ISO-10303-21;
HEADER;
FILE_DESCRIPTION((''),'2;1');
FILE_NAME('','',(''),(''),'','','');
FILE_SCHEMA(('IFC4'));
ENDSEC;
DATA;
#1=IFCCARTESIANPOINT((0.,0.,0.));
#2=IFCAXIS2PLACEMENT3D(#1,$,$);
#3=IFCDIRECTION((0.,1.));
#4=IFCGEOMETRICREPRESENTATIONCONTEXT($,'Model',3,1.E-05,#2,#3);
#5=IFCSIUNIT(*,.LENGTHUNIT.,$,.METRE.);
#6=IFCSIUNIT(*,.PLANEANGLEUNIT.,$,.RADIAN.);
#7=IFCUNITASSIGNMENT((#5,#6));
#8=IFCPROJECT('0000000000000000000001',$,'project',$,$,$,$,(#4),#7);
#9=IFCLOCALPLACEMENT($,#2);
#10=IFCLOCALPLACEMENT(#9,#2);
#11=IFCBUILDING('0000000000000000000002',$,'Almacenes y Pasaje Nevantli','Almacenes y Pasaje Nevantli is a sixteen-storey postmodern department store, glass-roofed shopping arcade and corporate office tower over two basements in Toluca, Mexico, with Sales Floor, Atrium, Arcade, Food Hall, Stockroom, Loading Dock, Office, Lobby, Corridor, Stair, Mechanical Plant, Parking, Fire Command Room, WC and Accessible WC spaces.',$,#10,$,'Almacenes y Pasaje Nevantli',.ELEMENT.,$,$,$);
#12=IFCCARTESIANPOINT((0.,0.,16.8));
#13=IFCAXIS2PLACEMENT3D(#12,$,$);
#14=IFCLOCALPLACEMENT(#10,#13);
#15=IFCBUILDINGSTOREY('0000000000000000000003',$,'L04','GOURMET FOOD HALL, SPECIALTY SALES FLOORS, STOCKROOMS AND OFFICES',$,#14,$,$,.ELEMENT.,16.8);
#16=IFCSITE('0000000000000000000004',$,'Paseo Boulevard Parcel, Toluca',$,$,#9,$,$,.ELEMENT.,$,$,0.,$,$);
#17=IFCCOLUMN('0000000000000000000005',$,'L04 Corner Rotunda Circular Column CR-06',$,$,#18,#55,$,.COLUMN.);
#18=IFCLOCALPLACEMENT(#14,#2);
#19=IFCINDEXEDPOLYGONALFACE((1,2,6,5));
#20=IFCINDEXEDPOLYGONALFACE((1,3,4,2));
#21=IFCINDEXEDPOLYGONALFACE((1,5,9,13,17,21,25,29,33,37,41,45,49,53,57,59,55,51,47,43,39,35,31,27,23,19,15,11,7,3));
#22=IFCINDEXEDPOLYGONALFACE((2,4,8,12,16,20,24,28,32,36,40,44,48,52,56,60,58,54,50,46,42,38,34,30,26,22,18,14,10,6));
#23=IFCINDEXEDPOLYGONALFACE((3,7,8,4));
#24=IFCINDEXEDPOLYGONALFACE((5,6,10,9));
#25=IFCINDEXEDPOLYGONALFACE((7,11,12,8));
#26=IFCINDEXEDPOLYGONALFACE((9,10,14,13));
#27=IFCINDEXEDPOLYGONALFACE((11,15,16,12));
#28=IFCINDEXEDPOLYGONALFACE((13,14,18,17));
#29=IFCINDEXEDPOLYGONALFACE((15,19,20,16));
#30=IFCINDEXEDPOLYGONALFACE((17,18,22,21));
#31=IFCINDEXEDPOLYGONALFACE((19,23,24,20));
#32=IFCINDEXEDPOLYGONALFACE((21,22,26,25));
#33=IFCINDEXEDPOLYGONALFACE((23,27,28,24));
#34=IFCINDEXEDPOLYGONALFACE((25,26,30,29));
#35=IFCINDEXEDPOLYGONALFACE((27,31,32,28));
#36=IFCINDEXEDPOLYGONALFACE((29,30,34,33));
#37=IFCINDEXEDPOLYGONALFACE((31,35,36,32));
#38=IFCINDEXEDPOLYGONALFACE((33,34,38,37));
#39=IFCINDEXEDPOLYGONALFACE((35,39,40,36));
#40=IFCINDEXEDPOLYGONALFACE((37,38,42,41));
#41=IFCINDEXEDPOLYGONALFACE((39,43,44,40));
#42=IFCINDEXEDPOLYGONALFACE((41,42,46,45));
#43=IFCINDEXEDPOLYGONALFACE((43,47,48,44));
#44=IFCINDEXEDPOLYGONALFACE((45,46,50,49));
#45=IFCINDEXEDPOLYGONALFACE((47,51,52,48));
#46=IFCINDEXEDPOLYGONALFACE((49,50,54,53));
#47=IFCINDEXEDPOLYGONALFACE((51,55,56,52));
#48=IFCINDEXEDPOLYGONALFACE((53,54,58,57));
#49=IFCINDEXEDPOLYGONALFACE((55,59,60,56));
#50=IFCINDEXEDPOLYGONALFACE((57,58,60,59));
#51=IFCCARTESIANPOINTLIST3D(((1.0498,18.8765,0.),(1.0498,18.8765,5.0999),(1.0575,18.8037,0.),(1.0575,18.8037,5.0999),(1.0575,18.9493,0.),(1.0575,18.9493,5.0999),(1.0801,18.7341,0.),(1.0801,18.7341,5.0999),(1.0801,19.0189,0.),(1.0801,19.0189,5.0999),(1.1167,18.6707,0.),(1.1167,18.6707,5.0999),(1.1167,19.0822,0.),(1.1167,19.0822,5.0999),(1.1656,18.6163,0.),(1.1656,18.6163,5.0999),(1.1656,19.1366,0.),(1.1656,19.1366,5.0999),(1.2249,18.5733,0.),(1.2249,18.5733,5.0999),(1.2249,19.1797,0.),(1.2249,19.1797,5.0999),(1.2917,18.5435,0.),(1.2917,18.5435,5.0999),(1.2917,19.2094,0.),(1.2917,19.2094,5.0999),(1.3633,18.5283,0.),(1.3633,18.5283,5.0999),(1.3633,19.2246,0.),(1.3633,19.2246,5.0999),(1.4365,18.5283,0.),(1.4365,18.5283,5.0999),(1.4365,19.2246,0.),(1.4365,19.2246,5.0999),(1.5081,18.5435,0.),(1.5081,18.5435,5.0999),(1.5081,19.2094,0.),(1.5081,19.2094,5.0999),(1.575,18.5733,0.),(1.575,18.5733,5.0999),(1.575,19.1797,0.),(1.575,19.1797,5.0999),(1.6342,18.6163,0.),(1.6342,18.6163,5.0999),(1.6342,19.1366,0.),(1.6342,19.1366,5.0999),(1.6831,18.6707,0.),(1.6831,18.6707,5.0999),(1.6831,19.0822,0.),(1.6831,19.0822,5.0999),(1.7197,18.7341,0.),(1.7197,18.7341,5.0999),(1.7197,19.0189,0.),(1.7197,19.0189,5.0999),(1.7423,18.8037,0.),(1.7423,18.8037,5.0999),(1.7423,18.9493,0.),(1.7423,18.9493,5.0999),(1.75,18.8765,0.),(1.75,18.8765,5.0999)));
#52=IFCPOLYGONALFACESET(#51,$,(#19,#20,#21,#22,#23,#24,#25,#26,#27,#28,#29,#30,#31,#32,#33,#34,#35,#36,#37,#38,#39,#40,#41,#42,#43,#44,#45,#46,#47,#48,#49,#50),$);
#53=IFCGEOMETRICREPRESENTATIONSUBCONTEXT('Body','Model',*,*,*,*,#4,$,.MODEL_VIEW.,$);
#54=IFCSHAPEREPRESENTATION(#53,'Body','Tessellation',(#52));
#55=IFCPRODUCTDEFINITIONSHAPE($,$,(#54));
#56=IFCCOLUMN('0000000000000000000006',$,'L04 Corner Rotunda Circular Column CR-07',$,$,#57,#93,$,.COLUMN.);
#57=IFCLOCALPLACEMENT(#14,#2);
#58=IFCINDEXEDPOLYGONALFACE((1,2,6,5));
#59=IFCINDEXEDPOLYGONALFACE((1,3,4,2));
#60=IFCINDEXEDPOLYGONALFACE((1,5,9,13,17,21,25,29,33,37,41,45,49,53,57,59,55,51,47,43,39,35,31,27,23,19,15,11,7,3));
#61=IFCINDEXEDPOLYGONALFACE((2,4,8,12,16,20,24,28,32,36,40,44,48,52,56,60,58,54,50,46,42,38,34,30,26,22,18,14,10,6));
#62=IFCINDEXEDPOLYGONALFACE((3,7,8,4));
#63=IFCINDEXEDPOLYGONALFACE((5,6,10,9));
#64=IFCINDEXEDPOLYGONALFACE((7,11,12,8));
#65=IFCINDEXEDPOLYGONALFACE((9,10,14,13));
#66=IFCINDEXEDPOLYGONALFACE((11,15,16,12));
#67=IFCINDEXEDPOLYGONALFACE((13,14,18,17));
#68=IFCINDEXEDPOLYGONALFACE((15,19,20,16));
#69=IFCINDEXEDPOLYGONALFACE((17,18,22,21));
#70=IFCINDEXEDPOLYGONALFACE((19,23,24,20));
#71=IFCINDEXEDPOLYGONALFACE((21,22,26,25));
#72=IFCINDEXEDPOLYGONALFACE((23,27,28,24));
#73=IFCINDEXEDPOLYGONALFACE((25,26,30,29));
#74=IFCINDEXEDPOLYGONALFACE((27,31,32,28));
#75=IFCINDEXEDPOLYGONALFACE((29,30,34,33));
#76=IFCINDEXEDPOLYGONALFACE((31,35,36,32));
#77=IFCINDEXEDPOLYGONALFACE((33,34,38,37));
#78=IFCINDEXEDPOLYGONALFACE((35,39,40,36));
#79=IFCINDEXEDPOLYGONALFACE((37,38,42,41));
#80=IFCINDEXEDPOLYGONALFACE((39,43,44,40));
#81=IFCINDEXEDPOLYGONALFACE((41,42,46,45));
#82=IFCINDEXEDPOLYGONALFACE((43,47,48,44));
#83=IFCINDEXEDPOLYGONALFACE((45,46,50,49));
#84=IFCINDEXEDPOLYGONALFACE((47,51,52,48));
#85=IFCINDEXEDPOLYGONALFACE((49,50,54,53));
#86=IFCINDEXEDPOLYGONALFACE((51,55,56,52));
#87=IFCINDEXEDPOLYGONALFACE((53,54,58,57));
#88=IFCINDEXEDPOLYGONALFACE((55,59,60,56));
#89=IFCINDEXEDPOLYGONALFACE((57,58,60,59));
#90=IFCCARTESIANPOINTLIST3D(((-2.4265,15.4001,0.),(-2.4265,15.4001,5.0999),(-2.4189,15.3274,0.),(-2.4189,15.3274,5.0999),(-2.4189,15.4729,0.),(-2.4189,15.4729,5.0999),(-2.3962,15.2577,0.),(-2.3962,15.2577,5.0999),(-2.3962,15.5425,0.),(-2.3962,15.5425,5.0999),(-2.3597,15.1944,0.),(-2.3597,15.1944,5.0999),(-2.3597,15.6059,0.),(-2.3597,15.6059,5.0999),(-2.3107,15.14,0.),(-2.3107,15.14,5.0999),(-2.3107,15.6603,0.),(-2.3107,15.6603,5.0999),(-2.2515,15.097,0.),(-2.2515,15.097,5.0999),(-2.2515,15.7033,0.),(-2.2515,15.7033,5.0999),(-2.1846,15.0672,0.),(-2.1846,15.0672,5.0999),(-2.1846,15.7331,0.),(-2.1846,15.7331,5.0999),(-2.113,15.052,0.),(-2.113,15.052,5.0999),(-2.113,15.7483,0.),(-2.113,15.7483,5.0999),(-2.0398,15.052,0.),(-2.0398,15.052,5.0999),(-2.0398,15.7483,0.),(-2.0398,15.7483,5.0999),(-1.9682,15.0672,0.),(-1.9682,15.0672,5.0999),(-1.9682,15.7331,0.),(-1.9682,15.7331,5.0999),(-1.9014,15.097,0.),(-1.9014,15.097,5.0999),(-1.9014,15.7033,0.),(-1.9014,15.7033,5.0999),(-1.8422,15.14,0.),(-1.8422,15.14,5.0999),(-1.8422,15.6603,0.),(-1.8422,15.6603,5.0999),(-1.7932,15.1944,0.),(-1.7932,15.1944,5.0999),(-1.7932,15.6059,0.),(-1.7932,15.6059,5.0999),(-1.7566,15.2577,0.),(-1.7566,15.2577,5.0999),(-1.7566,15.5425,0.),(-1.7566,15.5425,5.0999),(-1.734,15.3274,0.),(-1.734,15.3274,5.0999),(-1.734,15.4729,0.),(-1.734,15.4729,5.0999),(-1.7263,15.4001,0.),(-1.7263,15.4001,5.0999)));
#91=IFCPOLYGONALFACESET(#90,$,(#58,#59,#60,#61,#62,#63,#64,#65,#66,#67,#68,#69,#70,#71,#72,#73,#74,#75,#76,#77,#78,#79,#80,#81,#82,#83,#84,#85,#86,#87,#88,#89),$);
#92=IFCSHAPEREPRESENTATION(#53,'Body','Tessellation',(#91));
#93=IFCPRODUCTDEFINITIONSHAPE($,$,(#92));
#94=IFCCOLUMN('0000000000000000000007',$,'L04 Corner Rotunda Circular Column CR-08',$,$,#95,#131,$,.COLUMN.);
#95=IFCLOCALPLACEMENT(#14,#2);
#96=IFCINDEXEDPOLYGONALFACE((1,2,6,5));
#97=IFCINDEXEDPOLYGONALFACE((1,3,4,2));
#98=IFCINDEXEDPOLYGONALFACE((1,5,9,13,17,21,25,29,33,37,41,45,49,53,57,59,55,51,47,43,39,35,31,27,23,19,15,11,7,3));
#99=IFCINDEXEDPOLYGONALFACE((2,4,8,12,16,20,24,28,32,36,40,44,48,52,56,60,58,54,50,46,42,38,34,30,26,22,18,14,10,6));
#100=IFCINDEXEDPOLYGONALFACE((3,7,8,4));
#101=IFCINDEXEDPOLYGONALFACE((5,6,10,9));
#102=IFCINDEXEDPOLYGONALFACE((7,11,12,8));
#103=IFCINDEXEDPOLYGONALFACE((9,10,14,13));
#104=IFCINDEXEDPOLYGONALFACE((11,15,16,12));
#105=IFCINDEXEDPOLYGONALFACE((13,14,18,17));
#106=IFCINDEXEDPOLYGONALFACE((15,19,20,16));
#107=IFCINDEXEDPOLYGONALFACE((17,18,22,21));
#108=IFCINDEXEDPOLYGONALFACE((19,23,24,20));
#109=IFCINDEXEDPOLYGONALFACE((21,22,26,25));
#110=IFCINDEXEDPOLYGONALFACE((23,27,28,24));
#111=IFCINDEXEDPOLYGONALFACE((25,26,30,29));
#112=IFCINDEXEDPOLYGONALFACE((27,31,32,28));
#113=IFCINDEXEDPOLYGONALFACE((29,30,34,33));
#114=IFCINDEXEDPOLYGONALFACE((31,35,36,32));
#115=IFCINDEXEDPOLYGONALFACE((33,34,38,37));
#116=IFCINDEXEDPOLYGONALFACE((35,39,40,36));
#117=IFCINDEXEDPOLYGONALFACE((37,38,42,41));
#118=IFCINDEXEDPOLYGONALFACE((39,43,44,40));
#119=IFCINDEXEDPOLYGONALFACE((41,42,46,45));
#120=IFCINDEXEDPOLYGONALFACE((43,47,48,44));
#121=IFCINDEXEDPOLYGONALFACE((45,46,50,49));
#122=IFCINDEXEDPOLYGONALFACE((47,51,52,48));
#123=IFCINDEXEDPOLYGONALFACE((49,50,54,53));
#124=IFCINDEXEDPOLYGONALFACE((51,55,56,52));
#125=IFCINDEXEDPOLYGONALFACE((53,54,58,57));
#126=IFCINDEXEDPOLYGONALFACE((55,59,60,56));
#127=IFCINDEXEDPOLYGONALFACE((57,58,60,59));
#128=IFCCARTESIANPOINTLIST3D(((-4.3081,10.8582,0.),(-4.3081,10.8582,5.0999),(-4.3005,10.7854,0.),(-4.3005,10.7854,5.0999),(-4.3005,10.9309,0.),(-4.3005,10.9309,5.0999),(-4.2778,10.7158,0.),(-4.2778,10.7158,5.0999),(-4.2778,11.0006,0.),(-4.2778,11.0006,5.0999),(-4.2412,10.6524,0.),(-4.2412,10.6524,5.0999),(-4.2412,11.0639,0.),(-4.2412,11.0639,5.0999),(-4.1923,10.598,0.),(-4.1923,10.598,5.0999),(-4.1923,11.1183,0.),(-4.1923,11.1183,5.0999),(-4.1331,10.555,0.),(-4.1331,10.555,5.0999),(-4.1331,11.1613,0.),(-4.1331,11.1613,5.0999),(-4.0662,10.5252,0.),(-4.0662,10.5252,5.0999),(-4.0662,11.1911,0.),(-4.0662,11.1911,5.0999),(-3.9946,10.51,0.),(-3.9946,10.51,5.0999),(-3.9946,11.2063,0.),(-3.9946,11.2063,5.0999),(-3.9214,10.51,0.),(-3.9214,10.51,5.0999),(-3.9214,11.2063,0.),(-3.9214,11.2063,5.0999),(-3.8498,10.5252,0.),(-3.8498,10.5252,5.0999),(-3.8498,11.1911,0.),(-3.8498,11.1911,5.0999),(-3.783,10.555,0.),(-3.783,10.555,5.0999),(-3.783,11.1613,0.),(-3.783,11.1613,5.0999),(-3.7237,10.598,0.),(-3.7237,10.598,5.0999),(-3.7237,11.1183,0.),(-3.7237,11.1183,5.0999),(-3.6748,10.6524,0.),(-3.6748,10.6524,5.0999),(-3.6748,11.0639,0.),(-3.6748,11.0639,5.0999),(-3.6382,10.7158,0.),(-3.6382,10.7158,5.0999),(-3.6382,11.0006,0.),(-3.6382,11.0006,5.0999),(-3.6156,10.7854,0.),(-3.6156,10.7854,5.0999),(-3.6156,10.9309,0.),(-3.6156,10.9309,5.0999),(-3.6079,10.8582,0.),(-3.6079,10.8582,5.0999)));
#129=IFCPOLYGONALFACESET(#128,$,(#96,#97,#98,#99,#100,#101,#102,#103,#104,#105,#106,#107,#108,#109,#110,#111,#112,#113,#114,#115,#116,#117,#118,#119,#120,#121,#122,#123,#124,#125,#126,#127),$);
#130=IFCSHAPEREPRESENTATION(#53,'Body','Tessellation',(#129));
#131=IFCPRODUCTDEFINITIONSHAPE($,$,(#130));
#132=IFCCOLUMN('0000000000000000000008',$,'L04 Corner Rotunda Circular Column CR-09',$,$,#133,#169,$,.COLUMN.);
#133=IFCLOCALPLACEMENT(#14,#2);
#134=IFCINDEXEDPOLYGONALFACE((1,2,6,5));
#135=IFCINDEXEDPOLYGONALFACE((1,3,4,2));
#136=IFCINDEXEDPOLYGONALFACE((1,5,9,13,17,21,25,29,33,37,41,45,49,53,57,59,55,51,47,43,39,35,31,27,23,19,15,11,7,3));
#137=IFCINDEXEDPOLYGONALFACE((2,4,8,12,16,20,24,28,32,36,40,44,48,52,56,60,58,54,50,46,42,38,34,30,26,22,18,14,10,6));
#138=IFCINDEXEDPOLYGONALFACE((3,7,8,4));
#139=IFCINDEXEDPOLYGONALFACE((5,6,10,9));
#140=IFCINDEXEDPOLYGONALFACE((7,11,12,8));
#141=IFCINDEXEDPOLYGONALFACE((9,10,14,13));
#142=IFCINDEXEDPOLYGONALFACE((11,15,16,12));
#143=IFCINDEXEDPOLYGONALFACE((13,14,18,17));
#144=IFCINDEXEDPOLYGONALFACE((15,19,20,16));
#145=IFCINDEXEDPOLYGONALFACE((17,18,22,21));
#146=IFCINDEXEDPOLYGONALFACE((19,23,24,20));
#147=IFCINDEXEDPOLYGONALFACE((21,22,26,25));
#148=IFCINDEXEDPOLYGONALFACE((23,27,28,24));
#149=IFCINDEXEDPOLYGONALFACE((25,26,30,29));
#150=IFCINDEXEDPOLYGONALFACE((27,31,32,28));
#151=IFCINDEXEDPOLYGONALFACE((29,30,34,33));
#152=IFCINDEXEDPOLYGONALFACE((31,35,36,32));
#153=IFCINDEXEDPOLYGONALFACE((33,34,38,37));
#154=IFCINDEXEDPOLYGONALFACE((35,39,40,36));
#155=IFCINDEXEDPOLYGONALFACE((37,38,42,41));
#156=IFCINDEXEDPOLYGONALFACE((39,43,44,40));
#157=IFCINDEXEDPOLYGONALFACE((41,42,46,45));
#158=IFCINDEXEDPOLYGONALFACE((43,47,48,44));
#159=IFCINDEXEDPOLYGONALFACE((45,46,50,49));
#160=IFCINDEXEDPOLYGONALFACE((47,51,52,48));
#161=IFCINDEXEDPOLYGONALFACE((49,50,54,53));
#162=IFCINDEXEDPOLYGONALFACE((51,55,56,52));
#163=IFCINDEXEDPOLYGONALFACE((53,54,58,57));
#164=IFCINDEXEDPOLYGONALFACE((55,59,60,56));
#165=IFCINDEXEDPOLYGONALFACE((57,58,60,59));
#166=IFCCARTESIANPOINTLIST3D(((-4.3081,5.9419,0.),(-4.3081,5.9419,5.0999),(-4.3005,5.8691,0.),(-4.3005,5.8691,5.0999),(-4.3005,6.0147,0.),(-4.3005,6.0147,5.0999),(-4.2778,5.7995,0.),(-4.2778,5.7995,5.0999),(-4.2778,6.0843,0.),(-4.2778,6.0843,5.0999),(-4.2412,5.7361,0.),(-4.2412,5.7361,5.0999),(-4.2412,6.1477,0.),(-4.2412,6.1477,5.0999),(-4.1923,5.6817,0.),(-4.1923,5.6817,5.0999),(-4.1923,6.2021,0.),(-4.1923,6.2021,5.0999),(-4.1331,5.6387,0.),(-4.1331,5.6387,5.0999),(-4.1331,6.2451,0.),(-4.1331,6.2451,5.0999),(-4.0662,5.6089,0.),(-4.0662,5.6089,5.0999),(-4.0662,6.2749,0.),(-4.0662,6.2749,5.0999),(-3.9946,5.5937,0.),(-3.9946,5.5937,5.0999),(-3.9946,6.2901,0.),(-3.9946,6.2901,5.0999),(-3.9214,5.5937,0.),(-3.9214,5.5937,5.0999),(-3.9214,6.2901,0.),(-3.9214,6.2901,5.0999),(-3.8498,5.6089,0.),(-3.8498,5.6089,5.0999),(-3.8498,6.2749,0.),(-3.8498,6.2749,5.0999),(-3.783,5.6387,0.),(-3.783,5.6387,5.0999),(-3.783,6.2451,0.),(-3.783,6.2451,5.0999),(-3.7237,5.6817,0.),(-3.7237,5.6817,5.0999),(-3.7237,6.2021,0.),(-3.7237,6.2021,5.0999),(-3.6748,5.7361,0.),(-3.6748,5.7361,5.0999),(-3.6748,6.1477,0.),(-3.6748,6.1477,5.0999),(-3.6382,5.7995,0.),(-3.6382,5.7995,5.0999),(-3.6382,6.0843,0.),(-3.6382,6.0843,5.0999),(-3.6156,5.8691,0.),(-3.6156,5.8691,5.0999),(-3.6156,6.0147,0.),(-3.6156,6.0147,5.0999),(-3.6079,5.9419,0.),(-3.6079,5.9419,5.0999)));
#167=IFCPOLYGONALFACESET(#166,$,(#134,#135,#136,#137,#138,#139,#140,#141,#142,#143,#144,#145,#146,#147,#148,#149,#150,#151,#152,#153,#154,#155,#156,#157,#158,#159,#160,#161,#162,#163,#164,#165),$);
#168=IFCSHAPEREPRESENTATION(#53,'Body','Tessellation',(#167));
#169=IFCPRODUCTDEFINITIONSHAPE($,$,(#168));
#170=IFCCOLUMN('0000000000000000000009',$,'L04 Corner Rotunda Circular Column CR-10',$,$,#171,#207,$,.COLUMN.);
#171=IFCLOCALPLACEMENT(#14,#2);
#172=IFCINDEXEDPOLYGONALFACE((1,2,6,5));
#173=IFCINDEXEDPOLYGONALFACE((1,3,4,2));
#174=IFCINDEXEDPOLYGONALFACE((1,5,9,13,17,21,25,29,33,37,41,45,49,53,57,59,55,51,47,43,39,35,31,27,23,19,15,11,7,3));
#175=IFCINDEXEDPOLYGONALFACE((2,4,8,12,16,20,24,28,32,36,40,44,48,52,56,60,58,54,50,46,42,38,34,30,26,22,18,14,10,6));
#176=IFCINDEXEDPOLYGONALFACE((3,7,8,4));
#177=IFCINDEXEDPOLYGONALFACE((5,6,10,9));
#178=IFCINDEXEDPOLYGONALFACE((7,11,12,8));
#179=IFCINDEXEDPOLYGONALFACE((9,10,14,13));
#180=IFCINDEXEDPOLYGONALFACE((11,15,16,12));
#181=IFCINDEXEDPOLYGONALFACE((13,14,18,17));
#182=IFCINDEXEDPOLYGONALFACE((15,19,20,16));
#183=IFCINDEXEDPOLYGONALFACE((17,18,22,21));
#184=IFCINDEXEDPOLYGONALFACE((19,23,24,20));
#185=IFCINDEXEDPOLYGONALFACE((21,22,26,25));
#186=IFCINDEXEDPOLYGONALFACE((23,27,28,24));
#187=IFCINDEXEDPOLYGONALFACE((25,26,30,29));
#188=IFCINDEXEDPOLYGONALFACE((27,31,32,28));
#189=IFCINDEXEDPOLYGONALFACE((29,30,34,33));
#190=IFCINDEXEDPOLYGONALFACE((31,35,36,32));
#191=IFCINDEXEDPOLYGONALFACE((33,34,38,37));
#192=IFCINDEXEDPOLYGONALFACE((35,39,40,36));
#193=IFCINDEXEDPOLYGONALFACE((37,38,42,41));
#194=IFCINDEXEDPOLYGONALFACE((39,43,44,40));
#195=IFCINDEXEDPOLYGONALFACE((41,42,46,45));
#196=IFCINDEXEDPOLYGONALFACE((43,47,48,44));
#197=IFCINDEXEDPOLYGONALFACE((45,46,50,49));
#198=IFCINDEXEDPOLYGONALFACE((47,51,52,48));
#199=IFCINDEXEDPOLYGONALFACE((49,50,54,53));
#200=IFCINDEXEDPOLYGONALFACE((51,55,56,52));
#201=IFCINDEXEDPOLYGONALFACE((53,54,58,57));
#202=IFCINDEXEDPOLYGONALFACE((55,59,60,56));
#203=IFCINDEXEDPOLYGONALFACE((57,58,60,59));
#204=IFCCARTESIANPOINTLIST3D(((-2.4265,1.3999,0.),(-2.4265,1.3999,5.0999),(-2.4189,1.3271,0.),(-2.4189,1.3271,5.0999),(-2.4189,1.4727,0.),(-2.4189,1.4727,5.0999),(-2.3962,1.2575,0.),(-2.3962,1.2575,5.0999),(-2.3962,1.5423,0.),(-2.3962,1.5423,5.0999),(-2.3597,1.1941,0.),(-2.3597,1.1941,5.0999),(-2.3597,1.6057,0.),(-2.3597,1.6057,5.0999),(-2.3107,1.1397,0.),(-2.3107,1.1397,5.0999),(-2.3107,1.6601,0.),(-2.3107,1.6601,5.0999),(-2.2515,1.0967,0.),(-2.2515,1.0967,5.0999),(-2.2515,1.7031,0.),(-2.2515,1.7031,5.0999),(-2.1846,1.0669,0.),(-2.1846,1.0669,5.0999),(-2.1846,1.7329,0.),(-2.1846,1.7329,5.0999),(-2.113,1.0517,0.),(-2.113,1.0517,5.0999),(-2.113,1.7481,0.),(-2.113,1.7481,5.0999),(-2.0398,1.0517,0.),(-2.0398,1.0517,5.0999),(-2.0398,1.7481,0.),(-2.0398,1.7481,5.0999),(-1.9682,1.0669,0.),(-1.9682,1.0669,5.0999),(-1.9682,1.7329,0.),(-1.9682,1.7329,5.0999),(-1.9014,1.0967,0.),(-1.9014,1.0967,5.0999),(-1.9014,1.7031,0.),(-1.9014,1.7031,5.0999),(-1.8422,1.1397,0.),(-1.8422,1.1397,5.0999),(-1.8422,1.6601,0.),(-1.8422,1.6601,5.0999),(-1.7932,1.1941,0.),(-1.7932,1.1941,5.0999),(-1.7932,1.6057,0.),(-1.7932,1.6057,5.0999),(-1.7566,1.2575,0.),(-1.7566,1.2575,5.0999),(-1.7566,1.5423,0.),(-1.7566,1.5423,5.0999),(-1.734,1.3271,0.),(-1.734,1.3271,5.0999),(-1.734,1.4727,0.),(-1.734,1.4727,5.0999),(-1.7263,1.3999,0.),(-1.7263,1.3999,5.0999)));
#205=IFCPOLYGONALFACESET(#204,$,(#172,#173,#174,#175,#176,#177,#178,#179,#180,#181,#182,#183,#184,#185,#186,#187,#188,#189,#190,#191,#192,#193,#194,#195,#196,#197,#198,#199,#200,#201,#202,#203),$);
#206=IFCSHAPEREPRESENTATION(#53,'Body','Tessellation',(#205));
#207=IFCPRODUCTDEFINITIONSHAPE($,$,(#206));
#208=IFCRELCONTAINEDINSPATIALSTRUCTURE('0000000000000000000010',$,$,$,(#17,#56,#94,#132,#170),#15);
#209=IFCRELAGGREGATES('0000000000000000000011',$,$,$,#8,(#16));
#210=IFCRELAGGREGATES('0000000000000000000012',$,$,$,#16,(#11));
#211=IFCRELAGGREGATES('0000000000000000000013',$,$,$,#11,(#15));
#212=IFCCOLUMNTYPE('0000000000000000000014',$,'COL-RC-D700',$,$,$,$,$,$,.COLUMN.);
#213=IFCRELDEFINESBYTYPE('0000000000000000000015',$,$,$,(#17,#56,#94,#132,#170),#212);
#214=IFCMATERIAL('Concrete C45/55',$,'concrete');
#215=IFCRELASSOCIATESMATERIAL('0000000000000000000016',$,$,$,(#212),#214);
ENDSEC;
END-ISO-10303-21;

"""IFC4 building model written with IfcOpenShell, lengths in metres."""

from ifc_helpers import new_model, si_unit, direction, frame, origin, origin_2d, place, context, subcontext, project, spatial, circle, extrude, material, material_profile, profile_set, type_object, element, save


model = new_model("IFC4")

# Units and contexts
model_context = context("Model", 3, precision=1e-05, world=origin(), true_north=direction((0.0, 1.0)))
body_context = subcontext(model_context, "Body", "Model", "MODEL_VIEW")
ifc_project = project(units=[si_unit("LENGTHUNIT", "METRE"), si_unit("PLANEANGLEUNIT", "RADIAN")], contexts=[model_context])

# Site, building, storey
site_placement = place(None, origin())
site = spatial("IfcSite", under=ifc_project, at=site_placement, Name="Paseo Boulevard Parcel, Toluca", CompositionType="ELEMENT", RefElevation=0.0)
building_placement = place(site_placement, origin())
building = spatial("IfcBuilding", under=site, at=building_placement, Name="Almacenes y Pasaje Nevantli", Description="Almacenes y Pasaje Nevantli is a sixteen-storey postmodern department store, glass-roofed shopping arcade and corporate office tower over two basements in Toluca, Mexico, with Sales Floor, Atrium, Arcade, Food Hall, Stockroom, Loading Dock, Office, Lobby, Corridor, Stair, Mechanical Plant, Parking, Fire Command Room, WC and Accessible WC spaces.", LongName="Almacenes y Pasaje Nevantli", CompositionType="ELEMENT")
storey_placement = place(building_placement, frame((0.0, 0.0, 16.8)))
storey = spatial("IfcBuildingStorey", under=building, at=storey_placement, Name="L04", Description="GOURMET FOOD HALL, SPECIALTY SALES FLOORS, STOCKROOMS AND OFFICES", CompositionType="ELEMENT", Elevation=16.8)

# Columns
ifc_material_1 = material(Name="Concrete C45/55", Category="concrete")
ifc_material_profile_1 = material_profile(ifc_material_1, circle(Radius=0.3501, at=origin_2d()), Name="RC-COL-D700")
ifc_profile_set_1 = profile_set([ifc_material_profile_1], Name="Concrete C45/55")
column_type = type_object("IfcColumnType", Name="COL-RC-D700", PredefinedType="COLUMN", material=ifc_profile_set_1)
for number, where, z_axis, x_axis, name in (
    (1, (1.3999, 18.8765, 0.0), (0.0, 0.0, 1.0), (1.0, 0.0, 0.0), "L04 Corner Rotunda Circular Column CR-06"),
    (2, (-2.0764, 15.4001, 0.0), (0.0, 0.0, 1.0), (1.0, 0.0, 0.0), "L04 Corner Rotunda Circular Column CR-07"),
    (3, (-3.958, 10.8582, 0.0), (0.0, 0.0, 1.0), (1.0, 0.0, 0.0), "L04 Corner Rotunda Circular Column CR-08"),
    (4, (-3.958, 5.9419, 0.0), (0.0, 0.0, 1.0), (1.0, 0.0, 0.0), "L04 Corner Rotunda Circular Column CR-09"),
    (5, (-2.0764, 1.3999, 0.0), (0.0, 0.0, 1.0), (1.0, 0.0, 0.0), "L04 Corner Rotunda Circular Column CR-10"),
):
    element("IfcColumn", number, at=place(storey_placement, frame(where, z_axis=z_axis, x_axis=x_axis)), inside=storey, type_object=column_type, Name=name, PredefinedType="COLUMN", context=body_context, shape_type="SweptSolid", body=[
        extrude(circle(Radius=0.3501, at=origin_2d()), origin(), (0.0, 0.0, 1.0), 5.0999),
    ])

save(model, "model.ifc")
